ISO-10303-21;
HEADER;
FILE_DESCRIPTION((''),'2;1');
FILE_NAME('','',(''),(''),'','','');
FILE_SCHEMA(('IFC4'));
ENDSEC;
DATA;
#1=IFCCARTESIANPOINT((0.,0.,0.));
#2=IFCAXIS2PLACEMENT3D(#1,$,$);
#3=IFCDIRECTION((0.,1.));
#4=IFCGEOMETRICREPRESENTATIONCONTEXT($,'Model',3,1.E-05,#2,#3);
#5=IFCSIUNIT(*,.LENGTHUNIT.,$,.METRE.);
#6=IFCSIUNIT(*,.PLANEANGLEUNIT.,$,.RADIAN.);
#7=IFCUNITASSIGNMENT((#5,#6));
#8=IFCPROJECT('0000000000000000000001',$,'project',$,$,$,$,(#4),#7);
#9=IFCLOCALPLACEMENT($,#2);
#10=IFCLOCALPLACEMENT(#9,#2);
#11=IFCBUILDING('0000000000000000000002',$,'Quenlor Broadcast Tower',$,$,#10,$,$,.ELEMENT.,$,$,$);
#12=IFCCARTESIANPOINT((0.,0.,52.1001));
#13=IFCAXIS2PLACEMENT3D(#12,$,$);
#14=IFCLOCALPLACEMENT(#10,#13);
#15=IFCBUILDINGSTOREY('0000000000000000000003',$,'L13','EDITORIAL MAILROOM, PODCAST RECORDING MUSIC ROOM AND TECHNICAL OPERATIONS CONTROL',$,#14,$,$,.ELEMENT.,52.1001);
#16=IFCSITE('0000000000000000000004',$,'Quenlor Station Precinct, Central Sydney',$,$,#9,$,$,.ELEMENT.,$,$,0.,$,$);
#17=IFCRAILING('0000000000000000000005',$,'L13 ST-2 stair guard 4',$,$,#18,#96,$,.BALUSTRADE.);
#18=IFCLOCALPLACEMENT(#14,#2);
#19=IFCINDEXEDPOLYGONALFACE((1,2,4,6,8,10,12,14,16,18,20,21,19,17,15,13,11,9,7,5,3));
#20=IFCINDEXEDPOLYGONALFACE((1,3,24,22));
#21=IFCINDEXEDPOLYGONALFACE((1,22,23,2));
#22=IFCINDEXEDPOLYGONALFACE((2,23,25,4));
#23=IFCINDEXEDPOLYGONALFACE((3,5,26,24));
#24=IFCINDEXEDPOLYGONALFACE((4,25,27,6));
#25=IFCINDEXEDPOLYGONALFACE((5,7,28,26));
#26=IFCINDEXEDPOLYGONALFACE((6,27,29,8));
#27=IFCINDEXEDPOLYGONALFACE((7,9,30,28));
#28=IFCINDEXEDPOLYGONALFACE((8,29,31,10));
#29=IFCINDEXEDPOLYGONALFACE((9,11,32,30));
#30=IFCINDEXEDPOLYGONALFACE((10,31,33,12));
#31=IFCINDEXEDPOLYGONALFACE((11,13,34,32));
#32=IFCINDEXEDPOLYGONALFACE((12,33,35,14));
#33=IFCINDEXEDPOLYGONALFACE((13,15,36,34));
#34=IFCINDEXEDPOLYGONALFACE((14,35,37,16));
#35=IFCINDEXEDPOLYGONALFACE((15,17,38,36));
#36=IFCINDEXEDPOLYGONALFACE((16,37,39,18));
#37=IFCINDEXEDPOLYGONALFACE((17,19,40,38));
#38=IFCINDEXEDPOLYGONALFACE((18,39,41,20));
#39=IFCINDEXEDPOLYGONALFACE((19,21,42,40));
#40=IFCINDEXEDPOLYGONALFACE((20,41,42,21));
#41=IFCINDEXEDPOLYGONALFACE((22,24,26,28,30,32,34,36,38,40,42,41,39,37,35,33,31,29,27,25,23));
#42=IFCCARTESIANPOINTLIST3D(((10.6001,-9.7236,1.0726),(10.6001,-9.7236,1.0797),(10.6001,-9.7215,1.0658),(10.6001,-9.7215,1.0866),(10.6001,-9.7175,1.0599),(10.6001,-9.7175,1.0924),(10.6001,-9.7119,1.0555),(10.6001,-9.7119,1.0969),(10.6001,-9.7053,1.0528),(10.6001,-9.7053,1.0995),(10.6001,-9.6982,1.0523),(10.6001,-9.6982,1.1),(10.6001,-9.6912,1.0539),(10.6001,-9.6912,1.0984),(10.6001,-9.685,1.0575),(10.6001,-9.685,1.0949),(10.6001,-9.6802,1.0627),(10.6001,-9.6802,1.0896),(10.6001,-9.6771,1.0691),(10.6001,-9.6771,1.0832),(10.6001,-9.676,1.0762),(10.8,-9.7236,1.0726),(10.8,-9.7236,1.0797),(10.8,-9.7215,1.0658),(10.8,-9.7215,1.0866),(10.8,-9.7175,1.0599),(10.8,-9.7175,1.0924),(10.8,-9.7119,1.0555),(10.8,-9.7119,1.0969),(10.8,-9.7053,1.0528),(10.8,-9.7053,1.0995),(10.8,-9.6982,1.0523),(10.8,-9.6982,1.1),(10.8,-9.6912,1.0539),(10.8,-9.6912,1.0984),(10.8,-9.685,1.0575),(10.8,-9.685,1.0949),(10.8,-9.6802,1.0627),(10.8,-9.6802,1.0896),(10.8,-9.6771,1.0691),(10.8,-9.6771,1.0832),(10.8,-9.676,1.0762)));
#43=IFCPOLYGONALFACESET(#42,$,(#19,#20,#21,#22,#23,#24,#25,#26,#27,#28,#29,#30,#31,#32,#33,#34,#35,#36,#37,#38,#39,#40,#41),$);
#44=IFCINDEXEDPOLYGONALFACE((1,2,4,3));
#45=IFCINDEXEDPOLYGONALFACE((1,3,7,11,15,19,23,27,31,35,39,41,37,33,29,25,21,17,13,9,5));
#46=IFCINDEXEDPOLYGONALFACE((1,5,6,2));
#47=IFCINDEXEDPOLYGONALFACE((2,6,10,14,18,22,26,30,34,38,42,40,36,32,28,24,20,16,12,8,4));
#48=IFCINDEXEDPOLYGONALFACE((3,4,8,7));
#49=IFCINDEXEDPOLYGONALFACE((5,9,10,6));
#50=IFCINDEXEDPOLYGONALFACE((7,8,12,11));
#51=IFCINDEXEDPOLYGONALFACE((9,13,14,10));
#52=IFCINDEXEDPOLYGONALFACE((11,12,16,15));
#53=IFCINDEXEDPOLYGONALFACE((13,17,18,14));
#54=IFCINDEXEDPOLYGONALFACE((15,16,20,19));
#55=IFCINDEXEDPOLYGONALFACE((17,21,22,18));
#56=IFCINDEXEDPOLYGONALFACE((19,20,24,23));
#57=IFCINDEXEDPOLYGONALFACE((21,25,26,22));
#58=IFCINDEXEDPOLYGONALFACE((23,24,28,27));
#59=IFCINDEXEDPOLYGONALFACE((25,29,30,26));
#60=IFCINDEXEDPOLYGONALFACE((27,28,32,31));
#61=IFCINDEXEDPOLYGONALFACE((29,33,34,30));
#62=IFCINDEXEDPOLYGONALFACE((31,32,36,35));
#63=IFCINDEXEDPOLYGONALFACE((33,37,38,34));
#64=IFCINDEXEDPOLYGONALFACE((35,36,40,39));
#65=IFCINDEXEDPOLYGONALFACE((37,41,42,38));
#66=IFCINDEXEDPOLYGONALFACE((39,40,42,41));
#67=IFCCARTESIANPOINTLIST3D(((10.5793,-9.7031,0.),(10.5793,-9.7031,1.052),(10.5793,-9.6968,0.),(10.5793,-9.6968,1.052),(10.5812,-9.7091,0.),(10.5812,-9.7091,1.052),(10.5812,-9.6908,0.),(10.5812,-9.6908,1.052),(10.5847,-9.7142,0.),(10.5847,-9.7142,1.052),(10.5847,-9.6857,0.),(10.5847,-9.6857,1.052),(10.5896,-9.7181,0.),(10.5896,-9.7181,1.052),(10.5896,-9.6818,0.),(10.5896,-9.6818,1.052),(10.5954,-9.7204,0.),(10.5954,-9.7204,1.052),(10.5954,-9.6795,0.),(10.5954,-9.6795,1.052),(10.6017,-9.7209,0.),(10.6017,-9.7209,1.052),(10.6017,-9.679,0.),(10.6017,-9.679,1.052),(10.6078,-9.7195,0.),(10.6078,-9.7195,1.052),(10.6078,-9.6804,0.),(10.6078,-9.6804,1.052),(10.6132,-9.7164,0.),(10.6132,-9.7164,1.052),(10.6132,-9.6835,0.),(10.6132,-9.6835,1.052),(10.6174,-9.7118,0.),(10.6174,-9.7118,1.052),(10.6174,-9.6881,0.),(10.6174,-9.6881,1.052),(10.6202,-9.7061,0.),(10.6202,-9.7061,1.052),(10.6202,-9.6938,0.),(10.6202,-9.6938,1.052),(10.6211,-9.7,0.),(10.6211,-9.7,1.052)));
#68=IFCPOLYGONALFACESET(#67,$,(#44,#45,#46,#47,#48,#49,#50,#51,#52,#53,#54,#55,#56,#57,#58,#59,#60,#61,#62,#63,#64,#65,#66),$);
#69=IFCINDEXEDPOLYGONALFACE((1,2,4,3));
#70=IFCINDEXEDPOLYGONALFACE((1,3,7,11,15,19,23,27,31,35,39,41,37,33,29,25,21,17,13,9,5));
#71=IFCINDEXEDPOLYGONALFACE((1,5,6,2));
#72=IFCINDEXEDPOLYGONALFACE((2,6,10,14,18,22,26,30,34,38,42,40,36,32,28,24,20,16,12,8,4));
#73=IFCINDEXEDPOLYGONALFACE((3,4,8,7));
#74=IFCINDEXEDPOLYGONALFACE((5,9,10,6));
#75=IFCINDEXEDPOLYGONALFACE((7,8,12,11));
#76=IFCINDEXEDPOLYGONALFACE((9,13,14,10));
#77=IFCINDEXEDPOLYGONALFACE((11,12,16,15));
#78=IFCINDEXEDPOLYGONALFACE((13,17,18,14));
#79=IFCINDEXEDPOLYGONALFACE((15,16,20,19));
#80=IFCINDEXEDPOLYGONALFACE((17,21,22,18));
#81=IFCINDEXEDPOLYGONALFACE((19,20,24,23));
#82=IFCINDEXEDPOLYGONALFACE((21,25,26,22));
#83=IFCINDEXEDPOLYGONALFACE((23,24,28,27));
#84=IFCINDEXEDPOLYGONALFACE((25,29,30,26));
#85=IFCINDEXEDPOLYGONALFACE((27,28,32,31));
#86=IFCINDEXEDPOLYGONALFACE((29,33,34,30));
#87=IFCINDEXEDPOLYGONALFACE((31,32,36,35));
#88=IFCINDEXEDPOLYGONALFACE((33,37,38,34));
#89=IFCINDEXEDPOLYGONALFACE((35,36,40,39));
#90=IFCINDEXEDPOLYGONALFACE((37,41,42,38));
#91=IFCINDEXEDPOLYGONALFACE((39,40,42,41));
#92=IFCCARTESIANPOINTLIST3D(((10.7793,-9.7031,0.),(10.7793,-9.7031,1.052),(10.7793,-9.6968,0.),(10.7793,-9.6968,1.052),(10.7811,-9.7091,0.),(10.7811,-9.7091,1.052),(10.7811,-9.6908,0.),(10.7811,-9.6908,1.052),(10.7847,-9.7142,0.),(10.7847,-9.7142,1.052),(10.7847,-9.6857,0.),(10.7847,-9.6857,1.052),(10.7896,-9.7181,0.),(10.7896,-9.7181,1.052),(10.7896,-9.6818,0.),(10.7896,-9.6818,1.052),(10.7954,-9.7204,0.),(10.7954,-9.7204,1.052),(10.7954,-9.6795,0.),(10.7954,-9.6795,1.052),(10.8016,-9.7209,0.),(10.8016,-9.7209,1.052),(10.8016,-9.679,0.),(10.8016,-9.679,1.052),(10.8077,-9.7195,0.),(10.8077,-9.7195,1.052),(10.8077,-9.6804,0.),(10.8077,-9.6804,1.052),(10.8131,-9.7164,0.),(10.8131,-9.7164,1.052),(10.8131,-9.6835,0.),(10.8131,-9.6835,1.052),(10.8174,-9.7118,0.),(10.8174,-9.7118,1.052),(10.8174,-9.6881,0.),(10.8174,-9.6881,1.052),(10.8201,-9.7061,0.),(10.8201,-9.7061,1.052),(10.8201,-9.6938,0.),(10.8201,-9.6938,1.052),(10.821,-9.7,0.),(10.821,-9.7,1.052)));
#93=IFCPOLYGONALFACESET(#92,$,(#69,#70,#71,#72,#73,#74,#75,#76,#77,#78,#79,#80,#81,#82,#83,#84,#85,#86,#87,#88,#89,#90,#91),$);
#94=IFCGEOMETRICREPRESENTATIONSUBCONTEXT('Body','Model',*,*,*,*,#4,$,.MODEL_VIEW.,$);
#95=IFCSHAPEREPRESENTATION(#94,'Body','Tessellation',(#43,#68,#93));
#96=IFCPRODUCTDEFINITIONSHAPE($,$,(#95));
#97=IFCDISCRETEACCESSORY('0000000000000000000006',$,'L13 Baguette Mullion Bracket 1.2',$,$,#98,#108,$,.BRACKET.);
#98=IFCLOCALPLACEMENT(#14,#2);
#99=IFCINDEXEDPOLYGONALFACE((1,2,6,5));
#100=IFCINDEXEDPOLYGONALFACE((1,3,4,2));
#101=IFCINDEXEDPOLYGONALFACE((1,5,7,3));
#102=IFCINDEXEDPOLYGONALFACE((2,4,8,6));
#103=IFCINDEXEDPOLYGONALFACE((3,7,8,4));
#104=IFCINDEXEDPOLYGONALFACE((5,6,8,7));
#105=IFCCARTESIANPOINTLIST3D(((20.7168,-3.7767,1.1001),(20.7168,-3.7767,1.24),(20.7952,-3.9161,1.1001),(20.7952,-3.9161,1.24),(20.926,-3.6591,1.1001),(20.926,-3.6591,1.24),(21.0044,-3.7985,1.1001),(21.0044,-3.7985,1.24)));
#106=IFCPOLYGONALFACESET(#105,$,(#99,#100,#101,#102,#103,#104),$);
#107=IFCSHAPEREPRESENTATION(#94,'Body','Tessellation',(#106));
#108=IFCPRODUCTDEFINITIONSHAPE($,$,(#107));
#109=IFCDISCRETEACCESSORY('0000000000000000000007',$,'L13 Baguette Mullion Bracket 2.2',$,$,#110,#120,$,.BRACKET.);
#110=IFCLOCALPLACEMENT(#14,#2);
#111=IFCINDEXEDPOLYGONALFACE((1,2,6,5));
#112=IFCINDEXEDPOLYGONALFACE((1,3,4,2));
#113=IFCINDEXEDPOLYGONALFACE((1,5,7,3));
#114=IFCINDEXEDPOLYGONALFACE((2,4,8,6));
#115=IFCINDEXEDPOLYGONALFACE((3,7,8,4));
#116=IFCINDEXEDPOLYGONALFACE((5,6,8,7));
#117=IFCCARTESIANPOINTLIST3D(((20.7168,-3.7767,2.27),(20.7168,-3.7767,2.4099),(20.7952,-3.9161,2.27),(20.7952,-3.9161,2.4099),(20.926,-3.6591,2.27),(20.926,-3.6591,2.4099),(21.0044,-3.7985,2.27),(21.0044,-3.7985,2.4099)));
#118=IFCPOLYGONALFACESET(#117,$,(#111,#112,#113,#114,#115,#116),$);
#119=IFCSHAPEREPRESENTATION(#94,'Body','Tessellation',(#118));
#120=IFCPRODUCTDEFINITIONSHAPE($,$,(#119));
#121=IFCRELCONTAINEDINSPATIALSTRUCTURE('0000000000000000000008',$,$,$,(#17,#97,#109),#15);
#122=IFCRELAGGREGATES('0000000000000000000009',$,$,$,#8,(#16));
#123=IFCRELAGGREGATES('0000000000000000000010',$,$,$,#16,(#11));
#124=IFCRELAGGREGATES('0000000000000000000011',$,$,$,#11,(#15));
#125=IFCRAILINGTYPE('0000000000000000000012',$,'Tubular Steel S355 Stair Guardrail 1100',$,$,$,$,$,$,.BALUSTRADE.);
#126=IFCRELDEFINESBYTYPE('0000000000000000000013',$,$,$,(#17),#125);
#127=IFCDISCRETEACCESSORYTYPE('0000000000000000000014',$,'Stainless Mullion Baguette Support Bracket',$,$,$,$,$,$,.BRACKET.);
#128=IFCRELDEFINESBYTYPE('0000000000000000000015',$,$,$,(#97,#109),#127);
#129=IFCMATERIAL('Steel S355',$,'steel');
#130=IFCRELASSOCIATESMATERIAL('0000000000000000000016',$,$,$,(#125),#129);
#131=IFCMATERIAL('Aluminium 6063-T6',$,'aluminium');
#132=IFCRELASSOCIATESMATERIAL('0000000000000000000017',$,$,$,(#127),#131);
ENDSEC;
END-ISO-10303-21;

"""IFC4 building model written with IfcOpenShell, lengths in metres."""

from ifc_helpers import new_model, si_unit, direction, frame, origin, origin_2d, place, context, subcontext, project, spatial, rectangle, circle, extrude, material, type_object, element, save


model = new_model("IFC4")

# Units and contexts
model_context = context("Model", 3, precision=1e-05, world=origin(), true_north=direction((0.0, 1.0)))
body_context = subcontext(model_context, "Body", "Model", "MODEL_VIEW")
ifc_project = project(units=[si_unit("LENGTHUNIT", "METRE"), si_unit("PLANEANGLEUNIT", "RADIAN")], contexts=[model_context])

# Site, building, storey
site_placement = place(None, origin())
site = spatial("IfcSite", under=ifc_project, at=site_placement, Name="Quenlor Station Precinct, Central Sydney", CompositionType="ELEMENT", RefElevation=0.0)
building_placement = place(site_placement, origin())
building = spatial("IfcBuilding", under=site, at=building_placement, Name="Quenlor Broadcast Tower", CompositionType="ELEMENT")
storey_placement = place(building_placement, frame((0.0, 0.0, 52.1001)))
storey = spatial("IfcBuildingStorey", under=building, at=storey_placement, Name="L13", Description="EDITORIAL MAILROOM, PODCAST RECORDING MUSIC ROOM AND TECHNICAL OPERATIONS CONTROL", CompositionType="ELEMENT", Elevation=52.1001)

# Railing
ifc_material_1 = material(Name="Steel S355", Category="steel")
railing_type_1 = type_object("IfcRailingType", Name="Tubular Steel S355 Stair Guardrail 1100", PredefinedType="BALUSTRADE", material=ifc_material_1)
railing_1_placement = place(storey_placement, frame((10.6001, -9.7, 0.0)))
element("IfcRailing", 1, at=railing_1_placement, inside=storey, type_object=railing_type_1, Name="L13 ST-2 stair guard 4", PredefinedType="BALUSTRADE", context=body_context, shape_type="SweptSolid", body=[
    extrude(circle(Radius=0.0239, at=origin_2d()), frame((0.0, 0.0, 1.0762), z_axis=(1.0, 0.0, 0.0), x_axis=(0.0, 1.0, 0.0)), (0.0, 0.0, 1.0), 0.2),
    extrude(circle(Radius=0.021, at=origin_2d()), origin(), (0.0, 0.0, 1.0), 1.052),
    extrude(circle(Radius=0.021, at=origin_2d()), frame((0.2, 0.0, 0.0)), (0.0, 0.0, 1.0), 1.052),
])

# Discrete accessories
ifc_material_2 = material(Name="Aluminium 6063-T6", Category="aluminium")
discrete_accessory_type = type_object("IfcDiscreteAccessoryType", Name="Stainless Mullion Baguette Support Bracket", PredefinedType="BRACKET", material=ifc_material_2)
for number, where, z_axis, x_axis, name in (
    (2, (20.8606, -3.7876, 1.1001), (0.0, 0.0, 1.0), (0.490257, -0.871578, 0.0), "L13 Baguette Mullion Bracket 1.2"),
    (3, (20.8606, -3.7876, 2.27), (0.0, 0.0, 1.0), (0.490257, -0.871578, 0.0), "L13 Baguette Mullion Bracket 2.2"),
):
    element("IfcDiscreteAccessory", number, at=place(storey_placement, frame(where, z_axis=z_axis, x_axis=x_axis)), inside=storey, type_object=discrete_accessory_type, Name=name, PredefinedType="BRACKET", context=body_context, shape_type="SweptSolid", body=[
        extrude(rectangle(XDim=0.1599, YDim=0.24, at=origin_2d()), origin(), (0.0, 0.0, 1.0), 0.1399),
    ])

save(model, "model.ifc")
